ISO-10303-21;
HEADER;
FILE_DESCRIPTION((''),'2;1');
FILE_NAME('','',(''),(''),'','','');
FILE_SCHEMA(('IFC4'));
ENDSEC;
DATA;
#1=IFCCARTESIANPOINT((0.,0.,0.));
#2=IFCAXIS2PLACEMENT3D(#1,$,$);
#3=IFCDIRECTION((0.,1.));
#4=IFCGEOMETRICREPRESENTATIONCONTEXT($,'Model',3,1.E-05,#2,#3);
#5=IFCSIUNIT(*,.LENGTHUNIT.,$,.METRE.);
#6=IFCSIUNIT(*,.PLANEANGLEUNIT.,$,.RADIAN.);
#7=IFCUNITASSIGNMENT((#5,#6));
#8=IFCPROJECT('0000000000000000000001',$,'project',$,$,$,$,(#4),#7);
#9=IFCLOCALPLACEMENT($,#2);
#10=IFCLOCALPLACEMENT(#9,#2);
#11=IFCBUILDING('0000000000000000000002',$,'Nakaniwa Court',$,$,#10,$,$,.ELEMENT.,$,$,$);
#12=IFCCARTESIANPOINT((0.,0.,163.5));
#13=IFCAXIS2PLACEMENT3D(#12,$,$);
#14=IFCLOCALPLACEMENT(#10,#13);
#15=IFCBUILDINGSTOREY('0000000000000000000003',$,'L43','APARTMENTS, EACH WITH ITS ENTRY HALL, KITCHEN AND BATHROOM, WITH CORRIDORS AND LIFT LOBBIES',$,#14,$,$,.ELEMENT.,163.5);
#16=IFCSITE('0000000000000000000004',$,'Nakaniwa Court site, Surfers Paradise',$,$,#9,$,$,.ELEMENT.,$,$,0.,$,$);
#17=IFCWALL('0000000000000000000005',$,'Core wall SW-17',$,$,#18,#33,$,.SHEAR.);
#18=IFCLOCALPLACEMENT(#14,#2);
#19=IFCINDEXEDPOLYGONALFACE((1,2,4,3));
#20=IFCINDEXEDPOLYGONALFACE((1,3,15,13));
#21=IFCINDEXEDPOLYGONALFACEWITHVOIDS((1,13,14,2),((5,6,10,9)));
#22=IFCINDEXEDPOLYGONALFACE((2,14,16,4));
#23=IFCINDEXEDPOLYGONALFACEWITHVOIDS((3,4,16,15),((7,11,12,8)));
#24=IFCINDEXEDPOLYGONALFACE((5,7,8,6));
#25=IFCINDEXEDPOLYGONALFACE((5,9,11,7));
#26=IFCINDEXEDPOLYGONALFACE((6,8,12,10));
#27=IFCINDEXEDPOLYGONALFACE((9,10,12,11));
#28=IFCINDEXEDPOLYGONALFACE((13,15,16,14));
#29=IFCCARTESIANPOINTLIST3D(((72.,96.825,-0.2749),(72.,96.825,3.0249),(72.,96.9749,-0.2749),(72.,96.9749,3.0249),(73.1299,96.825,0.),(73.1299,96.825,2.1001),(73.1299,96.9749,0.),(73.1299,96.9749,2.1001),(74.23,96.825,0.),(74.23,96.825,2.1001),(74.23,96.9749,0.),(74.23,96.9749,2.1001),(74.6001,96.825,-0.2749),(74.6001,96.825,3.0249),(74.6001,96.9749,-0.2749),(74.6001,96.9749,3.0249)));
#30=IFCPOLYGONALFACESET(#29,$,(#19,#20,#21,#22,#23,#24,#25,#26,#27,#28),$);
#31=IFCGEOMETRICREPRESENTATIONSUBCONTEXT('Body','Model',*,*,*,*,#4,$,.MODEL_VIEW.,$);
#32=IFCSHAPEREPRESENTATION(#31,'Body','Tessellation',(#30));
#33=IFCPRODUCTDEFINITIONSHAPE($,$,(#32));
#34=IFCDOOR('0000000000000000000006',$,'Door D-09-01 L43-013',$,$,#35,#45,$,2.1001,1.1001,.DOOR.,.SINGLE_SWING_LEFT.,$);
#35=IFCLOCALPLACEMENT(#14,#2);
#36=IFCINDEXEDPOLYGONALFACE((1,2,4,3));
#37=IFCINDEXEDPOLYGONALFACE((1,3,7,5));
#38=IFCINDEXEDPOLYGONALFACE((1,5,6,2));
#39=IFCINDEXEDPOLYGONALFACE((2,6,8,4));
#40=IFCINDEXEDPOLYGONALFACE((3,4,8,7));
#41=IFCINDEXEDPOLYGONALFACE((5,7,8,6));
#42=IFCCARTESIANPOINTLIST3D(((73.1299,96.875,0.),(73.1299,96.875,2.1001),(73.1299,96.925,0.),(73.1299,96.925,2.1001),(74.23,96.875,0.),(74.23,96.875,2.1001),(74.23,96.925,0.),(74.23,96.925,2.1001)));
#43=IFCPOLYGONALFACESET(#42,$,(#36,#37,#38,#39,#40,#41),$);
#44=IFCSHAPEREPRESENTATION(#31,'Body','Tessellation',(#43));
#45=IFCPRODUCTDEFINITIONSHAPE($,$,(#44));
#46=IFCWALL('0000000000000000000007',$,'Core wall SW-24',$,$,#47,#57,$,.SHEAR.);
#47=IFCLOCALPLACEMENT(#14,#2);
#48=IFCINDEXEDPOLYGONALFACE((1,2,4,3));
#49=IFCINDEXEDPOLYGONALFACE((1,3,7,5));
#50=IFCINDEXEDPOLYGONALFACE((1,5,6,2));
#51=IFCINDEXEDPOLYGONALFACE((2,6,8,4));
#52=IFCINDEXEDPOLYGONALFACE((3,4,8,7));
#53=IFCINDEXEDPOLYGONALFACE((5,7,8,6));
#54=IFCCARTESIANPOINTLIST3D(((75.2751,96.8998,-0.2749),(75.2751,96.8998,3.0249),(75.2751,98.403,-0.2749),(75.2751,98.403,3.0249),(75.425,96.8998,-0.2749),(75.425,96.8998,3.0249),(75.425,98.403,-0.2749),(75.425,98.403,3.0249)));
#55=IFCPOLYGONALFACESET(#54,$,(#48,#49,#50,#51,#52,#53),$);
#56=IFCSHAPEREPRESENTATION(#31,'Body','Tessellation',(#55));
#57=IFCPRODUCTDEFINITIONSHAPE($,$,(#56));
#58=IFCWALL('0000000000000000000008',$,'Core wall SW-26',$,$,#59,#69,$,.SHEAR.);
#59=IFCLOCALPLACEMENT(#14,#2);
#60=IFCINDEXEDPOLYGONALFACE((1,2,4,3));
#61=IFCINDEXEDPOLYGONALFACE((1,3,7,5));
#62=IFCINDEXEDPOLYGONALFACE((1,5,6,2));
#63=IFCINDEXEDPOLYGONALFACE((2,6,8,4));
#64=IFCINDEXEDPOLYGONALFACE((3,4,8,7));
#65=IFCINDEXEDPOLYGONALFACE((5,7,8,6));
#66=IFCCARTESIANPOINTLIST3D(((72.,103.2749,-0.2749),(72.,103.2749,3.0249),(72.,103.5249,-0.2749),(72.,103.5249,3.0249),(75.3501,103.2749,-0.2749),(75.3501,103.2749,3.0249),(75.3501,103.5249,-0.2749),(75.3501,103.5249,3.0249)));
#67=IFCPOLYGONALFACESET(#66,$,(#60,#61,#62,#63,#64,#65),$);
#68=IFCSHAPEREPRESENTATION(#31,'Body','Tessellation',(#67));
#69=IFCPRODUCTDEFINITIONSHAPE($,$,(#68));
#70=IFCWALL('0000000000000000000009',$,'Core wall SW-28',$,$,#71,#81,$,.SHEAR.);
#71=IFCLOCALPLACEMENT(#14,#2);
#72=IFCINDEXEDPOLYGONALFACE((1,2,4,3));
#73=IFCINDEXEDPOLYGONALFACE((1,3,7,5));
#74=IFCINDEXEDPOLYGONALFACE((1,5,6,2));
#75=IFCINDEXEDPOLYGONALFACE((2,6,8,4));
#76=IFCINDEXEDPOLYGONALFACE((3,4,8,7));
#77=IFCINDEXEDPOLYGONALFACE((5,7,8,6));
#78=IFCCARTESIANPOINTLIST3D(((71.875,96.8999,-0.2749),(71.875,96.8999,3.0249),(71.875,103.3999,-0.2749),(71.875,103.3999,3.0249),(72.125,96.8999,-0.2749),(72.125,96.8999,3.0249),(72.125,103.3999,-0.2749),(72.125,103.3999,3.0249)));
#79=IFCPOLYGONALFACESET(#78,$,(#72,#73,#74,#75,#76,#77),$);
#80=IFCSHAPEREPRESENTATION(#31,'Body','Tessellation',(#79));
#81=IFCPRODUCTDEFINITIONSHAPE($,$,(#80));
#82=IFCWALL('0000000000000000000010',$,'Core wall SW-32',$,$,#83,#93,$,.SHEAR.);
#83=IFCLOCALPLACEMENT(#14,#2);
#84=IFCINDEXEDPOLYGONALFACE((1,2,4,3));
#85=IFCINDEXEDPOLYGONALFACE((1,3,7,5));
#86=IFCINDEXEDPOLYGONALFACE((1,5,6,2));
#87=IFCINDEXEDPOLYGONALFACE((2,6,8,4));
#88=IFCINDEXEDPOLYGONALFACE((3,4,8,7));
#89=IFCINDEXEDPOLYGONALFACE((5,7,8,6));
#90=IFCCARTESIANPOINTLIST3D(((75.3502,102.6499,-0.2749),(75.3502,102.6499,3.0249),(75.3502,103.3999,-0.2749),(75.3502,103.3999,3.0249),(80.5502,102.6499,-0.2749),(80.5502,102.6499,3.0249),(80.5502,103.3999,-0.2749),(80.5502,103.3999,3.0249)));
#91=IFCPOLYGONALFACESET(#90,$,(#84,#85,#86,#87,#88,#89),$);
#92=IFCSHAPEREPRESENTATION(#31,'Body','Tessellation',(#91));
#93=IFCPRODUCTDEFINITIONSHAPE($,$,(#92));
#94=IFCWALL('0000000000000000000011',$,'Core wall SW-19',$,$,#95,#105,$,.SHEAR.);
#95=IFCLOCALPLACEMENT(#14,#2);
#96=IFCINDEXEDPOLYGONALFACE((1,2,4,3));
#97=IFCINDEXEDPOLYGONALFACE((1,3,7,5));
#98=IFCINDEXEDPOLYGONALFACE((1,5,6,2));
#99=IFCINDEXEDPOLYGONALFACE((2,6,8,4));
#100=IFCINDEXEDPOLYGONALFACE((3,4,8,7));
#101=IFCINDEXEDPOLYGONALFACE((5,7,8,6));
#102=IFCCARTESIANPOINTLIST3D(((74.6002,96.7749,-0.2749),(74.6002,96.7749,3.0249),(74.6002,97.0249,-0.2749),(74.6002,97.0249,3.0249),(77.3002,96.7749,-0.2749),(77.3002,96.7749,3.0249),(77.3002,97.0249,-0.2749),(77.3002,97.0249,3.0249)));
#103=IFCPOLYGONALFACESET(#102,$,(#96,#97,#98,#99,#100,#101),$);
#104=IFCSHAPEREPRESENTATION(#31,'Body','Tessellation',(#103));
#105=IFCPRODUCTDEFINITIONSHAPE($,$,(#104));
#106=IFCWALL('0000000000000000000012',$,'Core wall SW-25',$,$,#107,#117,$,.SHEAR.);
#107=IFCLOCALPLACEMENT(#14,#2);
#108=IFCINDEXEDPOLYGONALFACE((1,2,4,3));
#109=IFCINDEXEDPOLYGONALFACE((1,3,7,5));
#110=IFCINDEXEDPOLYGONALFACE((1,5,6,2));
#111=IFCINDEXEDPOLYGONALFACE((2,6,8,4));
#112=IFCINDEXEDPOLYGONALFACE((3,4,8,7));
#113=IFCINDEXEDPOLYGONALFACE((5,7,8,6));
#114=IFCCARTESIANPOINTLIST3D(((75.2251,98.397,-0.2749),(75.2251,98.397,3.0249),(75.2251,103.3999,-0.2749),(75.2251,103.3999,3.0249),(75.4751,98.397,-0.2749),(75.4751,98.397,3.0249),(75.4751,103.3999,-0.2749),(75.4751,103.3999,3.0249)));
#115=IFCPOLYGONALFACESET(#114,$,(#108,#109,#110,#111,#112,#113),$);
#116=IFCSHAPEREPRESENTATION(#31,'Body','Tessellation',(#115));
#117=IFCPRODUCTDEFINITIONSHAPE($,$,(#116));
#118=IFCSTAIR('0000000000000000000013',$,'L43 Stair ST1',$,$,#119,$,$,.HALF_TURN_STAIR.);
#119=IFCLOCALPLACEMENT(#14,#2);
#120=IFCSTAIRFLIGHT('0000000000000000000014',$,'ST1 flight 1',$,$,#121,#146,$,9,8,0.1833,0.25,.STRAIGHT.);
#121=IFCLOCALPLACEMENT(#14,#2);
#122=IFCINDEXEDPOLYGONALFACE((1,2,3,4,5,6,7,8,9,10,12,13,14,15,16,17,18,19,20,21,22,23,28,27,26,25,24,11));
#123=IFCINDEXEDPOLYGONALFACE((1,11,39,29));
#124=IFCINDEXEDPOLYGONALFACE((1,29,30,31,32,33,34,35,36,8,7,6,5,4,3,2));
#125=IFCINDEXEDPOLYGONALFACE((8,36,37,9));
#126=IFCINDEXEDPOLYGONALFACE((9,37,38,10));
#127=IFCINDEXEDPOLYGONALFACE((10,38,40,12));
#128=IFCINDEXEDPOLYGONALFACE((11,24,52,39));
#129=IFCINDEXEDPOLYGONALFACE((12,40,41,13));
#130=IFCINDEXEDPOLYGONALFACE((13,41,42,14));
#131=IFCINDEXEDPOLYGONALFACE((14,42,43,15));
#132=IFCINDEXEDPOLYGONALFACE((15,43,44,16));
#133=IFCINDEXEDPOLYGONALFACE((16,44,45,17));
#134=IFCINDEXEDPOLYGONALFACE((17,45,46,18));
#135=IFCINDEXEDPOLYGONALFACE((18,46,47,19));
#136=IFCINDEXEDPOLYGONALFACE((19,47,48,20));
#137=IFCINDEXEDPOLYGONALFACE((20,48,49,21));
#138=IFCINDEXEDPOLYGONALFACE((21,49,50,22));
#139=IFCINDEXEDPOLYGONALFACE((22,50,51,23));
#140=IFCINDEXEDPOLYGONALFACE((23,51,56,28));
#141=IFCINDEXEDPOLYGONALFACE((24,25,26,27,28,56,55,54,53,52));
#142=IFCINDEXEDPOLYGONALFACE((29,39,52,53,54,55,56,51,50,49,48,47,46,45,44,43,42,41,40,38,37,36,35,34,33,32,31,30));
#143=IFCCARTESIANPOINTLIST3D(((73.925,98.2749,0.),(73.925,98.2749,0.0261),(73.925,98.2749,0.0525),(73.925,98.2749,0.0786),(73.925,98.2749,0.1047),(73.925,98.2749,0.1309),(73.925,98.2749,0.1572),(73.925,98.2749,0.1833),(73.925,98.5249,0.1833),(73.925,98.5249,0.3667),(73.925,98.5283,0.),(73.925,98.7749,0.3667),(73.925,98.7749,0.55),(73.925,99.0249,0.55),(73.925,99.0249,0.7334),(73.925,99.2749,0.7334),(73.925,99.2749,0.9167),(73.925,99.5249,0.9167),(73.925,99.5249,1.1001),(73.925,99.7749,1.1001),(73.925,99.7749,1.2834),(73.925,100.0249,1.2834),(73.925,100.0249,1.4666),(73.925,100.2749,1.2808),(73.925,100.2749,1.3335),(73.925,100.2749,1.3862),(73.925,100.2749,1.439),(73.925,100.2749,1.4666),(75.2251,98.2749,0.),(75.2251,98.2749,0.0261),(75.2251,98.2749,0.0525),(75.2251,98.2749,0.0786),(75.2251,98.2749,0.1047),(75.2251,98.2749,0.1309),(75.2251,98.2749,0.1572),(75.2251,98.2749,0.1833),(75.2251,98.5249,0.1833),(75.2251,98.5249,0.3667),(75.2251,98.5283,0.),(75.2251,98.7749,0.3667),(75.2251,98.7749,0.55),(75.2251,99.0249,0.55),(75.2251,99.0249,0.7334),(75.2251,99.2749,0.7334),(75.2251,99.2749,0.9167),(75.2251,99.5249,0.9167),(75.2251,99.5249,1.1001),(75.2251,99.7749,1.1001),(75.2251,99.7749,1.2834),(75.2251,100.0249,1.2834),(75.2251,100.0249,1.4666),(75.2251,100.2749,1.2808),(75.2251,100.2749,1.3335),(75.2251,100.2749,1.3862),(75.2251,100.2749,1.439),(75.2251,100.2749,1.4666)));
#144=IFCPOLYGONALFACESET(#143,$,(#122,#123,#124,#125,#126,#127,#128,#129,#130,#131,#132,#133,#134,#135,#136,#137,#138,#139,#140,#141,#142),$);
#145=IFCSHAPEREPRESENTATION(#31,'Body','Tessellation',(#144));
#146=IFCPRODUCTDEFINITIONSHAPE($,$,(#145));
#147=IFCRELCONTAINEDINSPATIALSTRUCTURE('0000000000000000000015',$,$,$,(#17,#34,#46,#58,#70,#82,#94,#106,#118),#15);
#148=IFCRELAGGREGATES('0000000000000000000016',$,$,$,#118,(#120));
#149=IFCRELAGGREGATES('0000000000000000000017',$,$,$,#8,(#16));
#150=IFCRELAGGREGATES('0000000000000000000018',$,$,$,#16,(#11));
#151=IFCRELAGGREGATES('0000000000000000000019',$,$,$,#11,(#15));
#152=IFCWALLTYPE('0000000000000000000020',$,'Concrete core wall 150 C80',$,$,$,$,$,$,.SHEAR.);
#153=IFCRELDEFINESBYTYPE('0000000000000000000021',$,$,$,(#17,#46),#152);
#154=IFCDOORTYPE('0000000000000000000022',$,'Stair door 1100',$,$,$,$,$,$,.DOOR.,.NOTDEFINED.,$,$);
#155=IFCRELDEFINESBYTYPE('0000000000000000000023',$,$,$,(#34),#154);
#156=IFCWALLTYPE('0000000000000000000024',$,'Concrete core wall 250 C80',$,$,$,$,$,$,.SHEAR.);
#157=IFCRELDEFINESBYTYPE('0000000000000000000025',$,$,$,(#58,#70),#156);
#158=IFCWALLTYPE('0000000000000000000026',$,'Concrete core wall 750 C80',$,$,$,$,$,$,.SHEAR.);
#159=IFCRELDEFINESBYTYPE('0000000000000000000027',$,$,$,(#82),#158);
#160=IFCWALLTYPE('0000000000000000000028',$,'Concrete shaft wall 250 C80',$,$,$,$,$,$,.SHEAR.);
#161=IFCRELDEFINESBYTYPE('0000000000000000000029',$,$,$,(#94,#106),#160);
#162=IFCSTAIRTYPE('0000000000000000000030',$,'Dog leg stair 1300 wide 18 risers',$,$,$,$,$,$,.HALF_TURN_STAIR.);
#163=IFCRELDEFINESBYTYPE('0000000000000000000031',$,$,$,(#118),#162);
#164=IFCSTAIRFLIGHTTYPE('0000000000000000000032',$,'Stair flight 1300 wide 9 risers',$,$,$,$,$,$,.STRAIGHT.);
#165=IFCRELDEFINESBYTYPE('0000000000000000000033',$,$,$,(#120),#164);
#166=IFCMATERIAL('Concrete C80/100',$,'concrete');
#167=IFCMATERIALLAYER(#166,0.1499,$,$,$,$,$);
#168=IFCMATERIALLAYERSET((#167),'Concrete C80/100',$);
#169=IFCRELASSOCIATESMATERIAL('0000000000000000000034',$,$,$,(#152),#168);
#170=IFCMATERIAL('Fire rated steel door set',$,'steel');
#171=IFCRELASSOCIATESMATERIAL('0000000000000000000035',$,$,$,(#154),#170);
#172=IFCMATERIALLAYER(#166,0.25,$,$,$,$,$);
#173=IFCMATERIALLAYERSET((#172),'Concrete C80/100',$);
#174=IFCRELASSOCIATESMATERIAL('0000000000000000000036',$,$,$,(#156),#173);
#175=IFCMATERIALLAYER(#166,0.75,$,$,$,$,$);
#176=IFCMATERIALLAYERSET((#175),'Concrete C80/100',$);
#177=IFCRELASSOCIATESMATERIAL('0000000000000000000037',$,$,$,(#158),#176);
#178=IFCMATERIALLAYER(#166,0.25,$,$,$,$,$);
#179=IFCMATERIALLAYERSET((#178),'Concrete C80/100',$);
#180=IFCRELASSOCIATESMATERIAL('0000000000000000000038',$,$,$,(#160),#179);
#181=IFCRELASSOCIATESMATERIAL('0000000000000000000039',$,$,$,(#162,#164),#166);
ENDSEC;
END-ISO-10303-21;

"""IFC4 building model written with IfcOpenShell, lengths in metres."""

from ifc_helpers import new_model, si_unit, direction, frame, frame_2d, origin, place, context, subcontext, project, spatial, polyline, rectangle, outline, extrude, material, layer, layer_set, type_object, element, fill, aggregate, save


model = new_model("IFC4")

# Units and contexts
model_context = context("Model", 3, precision=1e-05, world=origin(), true_north=direction((0.0, 1.0)))
body_context = subcontext(model_context, "Body", "Model", "MODEL_VIEW")
ifc_project = project(units=[si_unit("LENGTHUNIT", "METRE"), si_unit("PLANEANGLEUNIT", "RADIAN")], contexts=[model_context])

# Site, building, storey
site_placement = place(None, origin())
site = spatial("IfcSite", under=ifc_project, at=site_placement, Name="Nakaniwa Court site, Surfers Paradise", CompositionType="ELEMENT", RefElevation=0.0)
building_placement = place(site_placement, origin())
building = spatial("IfcBuilding", under=site, at=building_placement, Name="Nakaniwa Court", CompositionType="ELEMENT")
storey_placement = place(building_placement, frame((0.0, 0.0, 163.5)))
storey = spatial("IfcBuildingStorey", under=building, at=storey_placement, Name="L43", Description="APARTMENTS, EACH WITH ITS ENTRY HALL, KITCHEN AND BATHROOM, WITH CORRIDORS AND LIFT LOBBIES", CompositionType="ELEMENT", Elevation=163.5)

# Shared definitions
ifc_material_1 = material(Name="Concrete C80/100", Category="concrete")

# Shared definitions
ifc_material_2 = material(Name="Fire rated steel door set", Category="steel")

# Wall, opening, door
ifc_layer_1 = layer(ifc_material_1, 0.1499)
ifc_layer_set_1 = layer_set([ifc_layer_1], Name="Concrete C80/100")
wall_type_1 = type_object("IfcWallType", Name="Concrete core wall 150 C80", PredefinedType="SHEAR", material=ifc_layer_set_1)
wall_1_placement = place(storey_placement, frame((74.6001, 96.8999, -0.2749), z_axis=(0.0, 0.0, 1.0), x_axis=(-1.0, 0.0, 0.0)))
wall_1 = element("IfcWall", 1, at=wall_1_placement, inside=storey, type_object=wall_type_1, Name="Core wall SW-17", PredefinedType="SHEAR", context=body_context, shape_type="SweptSolid", body=[
    extrude(rectangle(XDim=2.6001, YDim=0.1499, at=frame_2d((1.3, 0.0))), origin(), (0.0, 0.0, 1.0), 3.2998),
])
opening_1_placement = place(wall_1_placement, frame((0.3701, 0.0, 0.2749)))
opening_1 = element("IfcOpeningElement", 2, at=opening_1_placement, cuts=wall_1, PredefinedType="OPENING", context=body_context, shape_type="SweptSolid", body=[
    extrude(rectangle(XDim=1.1001, YDim=2.1001, at=frame_2d((0.55, 1.05))), frame((0.0, 0.085, 0.0), z_axis=(0.0, -1.0, 0.0), x_axis=(1.0, 0.0, 0.0)), (0.0, 0.0, 1.0), 0.1699),
])
door_type_1 = type_object("IfcDoorType", Name="Stair door 1100", OperationType="NOTDEFINED", PredefinedType="DOOR", material=ifc_material_2)
door_1_placement = place(opening_1_placement, origin())
door_1 = element("IfcDoor", 3, at=door_1_placement, inside=storey, type_object=door_type_1, Name="Door D-09-01 L43-013", OperationType="SINGLE_SWING_LEFT", OverallHeight=2.1001, OverallWidth=1.1001, PredefinedType="DOOR", context=body_context, shape_type="SweptSolid", body=[
    extrude(rectangle(XDim=1.1001, YDim=2.1001, at=frame_2d((0.55, 1.05))), frame((0.0, 0.0249, 0.0), z_axis=(0.0, -1.0, 0.0), x_axis=(1.0, 0.0, 0.0)), (0.0, 0.0, 1.0), 0.05),
])
fill(opening_1, door_1)

# Walls
wall_2_placement = place(storey_placement, frame((75.3501, 96.8999, -0.2749), z_axis=(0.0, 0.0, 1.0), x_axis=(0.0, 1.0, 0.0)))
element("IfcWall", 4, at=wall_2_placement, inside=storey, type_object=wall_type_1, Name="Core wall SW-24", PredefinedType="SHEAR", context=body_context, shape_type="SweptSolid", body=[
    extrude(rectangle(XDim=1.5032, YDim=0.1499, at=frame_2d((0.7515, 0.0))), origin(), (0.0, 0.0, 1.0), 3.2998),
])
ifc_layer_2 = layer(ifc_material_1, 0.25)
ifc_layer_set_2 = layer_set([ifc_layer_2], Name="Concrete C80/100")
wall_type_2 = type_object("IfcWallType", Name="Concrete core wall 250 C80", PredefinedType="SHEAR", material=ifc_layer_set_2)
wall_3_placement = place(storey_placement, frame((72.0, 103.3999, -0.2749), z_axis=(0.0, 0.0, 1.0), x_axis=(1.0, 0.0, 0.0)))
element("IfcWall", 5, at=wall_3_placement, inside=storey, type_object=wall_type_2, Name="Core wall SW-26", PredefinedType="SHEAR", context=body_context, shape_type="SweptSolid", body=[
    extrude(rectangle(XDim=3.3501, YDim=0.25, at=frame_2d((1.675, 0.0))), origin(), (0.0, 0.0, 1.0), 3.2998),
])
wall_4_placement = place(storey_placement, frame((72.0, 96.8999, -0.2749), z_axis=(0.0, 0.0, 1.0), x_axis=(0.0, 1.0, 0.0)))
element("IfcWall", 6, at=wall_4_placement, inside=storey, type_object=wall_type_2, Name="Core wall SW-28", PredefinedType="SHEAR", context=body_context, shape_type="SweptSolid", body=[
    extrude(rectangle(XDim=6.5, YDim=0.25, at=frame_2d((3.25, 0.0))), origin(), (0.0, 0.0, 1.0), 3.2998),
])
ifc_layer_3 = layer(ifc_material_1, 0.75)
ifc_layer_set_3 = layer_set([ifc_layer_3], Name="Concrete C80/100")
wall_type_3 = type_object("IfcWallType", Name="Concrete core wall 750 C80", PredefinedType="SHEAR", material=ifc_layer_set_3)
wall_5_placement = place(storey_placement, frame((75.3501, 103.0249, -0.2749), z_axis=(0.0, 0.0, 1.0), x_axis=(1.0, 0.0, 0.0)))
element("IfcWall", 7, at=wall_5_placement, inside=storey, type_object=wall_type_3, Name="Core wall SW-32", PredefinedType="SHEAR", context=body_context, shape_type="SweptSolid", body=[
    extrude(rectangle(XDim=5.2, YDim=0.75, at=frame_2d((2.6001, 0.0))), origin(), (0.0, 0.0, 1.0), 3.2998),
])
ifc_layer_4 = layer(ifc_material_1, 0.25)
ifc_layer_set_4 = layer_set([ifc_layer_4], Name="Concrete C80/100")
wall_type_4 = type_object("IfcWallType", Name="Concrete shaft wall 250 C80", PredefinedType="SHEAR", material=ifc_layer_set_4)
wall_6_placement = place(storey_placement, frame((74.6001, 96.8999, -0.2749), z_axis=(0.0, 0.0, 1.0), x_axis=(1.0, 0.0, 0.0)))
element("IfcWall", 8, at=wall_6_placement, inside=storey, type_object=wall_type_4, Name="Core wall SW-19", PredefinedType="SHEAR", context=body_context, shape_type="SweptSolid", body=[
    extrude(rectangle(XDim=2.7, YDim=0.25, at=frame_2d((1.3501, 0.0))), origin(), (0.0, 0.0, 1.0), 3.2998),
])
wall_7_placement = place(storey_placement, frame((75.3501, 98.397, -0.2749), z_axis=(0.0, 0.0, 1.0), x_axis=(0.0, 1.0, 0.0)))
element("IfcWall", 9, at=wall_7_placement, inside=storey, type_object=wall_type_4, Name="Core wall SW-25", PredefinedType="SHEAR", context=body_context, shape_type="SweptSolid", body=[
    extrude(rectangle(XDim=5.0029, YDim=0.25, at=frame_2d((2.5015, 0.0))), origin(), (0.0, 0.0, 1.0), 3.2998),
])

# Stair, stair flight
stair_type = type_object("IfcStairType", Name="Dog leg stair 1300 wide 18 risers", PredefinedType="HALF_TURN_STAIR", material=ifc_material_1)
stair_placement = place(storey_placement, origin())
stair = element("IfcStair", 10, at=stair_placement, inside=storey, type_object=stair_type, Name="L43 Stair ST1", PredefinedType="HALF_TURN_STAIR")
stair_flight_type = type_object("IfcStairFlightType", Name="Stair flight 1300 wide 9 risers", PredefinedType="STRAIGHT", material=ifc_material_1)
stair_flight_1_placement = place(storey_placement, frame((74.575, 98.2749, 0.0), z_axis=(0.0, 0.0, 1.0), x_axis=(0.0, 1.0, 0.0)))
stair_flight_1 = element("IfcStairFlight", 11, at=stair_flight_1_placement, type_object=stair_flight_type, Name="ST1 flight 1", NumberOfRisers=9, NumberOfTreads=8, PredefinedType="STRAIGHT", RiserHeight=0.1833, TreadLength=0.25, context=body_context, shape_type="SweptSolid", body=[
    extrude(outline(polyline([(0.0, 0.0), (0.0, 0.0261), (0.0, 0.0525), (0.0, 0.0786), (0.0, 0.1047), (0.0, 0.1309), (0.0, 0.1572), (0.0, 0.1833), (0.25, 0.1833), (0.25, 0.3667), (0.5, 0.3667), (0.5, 0.55), (0.75, 0.55), (0.75, 0.7334), (1.0, 0.7334), (1.0, 0.9167), (1.25, 0.9167), (1.25, 1.1001), (1.5, 1.1001), (1.5, 1.2834), (1.75, 1.2834), (1.75, 1.4666), (2.0, 1.4666), (2.0, 1.6499), (2.0, 1.5972), (2.0, 1.5444), (2.0, 1.4917), (2.0, 1.439), (2.0, 1.3862), (2.0, 1.3335), (2.0, 1.2808), (0.2534, 0.0), (0.0, 0.0)])), frame((0.0, 0.6499, 0.0), z_axis=(0.0, -1.0, 0.0), x_axis=(1.0, 0.0, 0.0)), (0.0, 0.0, 1.0), 1.3),
])
aggregate(stair, [stair_flight_1])

save(model, "model.ifc")
